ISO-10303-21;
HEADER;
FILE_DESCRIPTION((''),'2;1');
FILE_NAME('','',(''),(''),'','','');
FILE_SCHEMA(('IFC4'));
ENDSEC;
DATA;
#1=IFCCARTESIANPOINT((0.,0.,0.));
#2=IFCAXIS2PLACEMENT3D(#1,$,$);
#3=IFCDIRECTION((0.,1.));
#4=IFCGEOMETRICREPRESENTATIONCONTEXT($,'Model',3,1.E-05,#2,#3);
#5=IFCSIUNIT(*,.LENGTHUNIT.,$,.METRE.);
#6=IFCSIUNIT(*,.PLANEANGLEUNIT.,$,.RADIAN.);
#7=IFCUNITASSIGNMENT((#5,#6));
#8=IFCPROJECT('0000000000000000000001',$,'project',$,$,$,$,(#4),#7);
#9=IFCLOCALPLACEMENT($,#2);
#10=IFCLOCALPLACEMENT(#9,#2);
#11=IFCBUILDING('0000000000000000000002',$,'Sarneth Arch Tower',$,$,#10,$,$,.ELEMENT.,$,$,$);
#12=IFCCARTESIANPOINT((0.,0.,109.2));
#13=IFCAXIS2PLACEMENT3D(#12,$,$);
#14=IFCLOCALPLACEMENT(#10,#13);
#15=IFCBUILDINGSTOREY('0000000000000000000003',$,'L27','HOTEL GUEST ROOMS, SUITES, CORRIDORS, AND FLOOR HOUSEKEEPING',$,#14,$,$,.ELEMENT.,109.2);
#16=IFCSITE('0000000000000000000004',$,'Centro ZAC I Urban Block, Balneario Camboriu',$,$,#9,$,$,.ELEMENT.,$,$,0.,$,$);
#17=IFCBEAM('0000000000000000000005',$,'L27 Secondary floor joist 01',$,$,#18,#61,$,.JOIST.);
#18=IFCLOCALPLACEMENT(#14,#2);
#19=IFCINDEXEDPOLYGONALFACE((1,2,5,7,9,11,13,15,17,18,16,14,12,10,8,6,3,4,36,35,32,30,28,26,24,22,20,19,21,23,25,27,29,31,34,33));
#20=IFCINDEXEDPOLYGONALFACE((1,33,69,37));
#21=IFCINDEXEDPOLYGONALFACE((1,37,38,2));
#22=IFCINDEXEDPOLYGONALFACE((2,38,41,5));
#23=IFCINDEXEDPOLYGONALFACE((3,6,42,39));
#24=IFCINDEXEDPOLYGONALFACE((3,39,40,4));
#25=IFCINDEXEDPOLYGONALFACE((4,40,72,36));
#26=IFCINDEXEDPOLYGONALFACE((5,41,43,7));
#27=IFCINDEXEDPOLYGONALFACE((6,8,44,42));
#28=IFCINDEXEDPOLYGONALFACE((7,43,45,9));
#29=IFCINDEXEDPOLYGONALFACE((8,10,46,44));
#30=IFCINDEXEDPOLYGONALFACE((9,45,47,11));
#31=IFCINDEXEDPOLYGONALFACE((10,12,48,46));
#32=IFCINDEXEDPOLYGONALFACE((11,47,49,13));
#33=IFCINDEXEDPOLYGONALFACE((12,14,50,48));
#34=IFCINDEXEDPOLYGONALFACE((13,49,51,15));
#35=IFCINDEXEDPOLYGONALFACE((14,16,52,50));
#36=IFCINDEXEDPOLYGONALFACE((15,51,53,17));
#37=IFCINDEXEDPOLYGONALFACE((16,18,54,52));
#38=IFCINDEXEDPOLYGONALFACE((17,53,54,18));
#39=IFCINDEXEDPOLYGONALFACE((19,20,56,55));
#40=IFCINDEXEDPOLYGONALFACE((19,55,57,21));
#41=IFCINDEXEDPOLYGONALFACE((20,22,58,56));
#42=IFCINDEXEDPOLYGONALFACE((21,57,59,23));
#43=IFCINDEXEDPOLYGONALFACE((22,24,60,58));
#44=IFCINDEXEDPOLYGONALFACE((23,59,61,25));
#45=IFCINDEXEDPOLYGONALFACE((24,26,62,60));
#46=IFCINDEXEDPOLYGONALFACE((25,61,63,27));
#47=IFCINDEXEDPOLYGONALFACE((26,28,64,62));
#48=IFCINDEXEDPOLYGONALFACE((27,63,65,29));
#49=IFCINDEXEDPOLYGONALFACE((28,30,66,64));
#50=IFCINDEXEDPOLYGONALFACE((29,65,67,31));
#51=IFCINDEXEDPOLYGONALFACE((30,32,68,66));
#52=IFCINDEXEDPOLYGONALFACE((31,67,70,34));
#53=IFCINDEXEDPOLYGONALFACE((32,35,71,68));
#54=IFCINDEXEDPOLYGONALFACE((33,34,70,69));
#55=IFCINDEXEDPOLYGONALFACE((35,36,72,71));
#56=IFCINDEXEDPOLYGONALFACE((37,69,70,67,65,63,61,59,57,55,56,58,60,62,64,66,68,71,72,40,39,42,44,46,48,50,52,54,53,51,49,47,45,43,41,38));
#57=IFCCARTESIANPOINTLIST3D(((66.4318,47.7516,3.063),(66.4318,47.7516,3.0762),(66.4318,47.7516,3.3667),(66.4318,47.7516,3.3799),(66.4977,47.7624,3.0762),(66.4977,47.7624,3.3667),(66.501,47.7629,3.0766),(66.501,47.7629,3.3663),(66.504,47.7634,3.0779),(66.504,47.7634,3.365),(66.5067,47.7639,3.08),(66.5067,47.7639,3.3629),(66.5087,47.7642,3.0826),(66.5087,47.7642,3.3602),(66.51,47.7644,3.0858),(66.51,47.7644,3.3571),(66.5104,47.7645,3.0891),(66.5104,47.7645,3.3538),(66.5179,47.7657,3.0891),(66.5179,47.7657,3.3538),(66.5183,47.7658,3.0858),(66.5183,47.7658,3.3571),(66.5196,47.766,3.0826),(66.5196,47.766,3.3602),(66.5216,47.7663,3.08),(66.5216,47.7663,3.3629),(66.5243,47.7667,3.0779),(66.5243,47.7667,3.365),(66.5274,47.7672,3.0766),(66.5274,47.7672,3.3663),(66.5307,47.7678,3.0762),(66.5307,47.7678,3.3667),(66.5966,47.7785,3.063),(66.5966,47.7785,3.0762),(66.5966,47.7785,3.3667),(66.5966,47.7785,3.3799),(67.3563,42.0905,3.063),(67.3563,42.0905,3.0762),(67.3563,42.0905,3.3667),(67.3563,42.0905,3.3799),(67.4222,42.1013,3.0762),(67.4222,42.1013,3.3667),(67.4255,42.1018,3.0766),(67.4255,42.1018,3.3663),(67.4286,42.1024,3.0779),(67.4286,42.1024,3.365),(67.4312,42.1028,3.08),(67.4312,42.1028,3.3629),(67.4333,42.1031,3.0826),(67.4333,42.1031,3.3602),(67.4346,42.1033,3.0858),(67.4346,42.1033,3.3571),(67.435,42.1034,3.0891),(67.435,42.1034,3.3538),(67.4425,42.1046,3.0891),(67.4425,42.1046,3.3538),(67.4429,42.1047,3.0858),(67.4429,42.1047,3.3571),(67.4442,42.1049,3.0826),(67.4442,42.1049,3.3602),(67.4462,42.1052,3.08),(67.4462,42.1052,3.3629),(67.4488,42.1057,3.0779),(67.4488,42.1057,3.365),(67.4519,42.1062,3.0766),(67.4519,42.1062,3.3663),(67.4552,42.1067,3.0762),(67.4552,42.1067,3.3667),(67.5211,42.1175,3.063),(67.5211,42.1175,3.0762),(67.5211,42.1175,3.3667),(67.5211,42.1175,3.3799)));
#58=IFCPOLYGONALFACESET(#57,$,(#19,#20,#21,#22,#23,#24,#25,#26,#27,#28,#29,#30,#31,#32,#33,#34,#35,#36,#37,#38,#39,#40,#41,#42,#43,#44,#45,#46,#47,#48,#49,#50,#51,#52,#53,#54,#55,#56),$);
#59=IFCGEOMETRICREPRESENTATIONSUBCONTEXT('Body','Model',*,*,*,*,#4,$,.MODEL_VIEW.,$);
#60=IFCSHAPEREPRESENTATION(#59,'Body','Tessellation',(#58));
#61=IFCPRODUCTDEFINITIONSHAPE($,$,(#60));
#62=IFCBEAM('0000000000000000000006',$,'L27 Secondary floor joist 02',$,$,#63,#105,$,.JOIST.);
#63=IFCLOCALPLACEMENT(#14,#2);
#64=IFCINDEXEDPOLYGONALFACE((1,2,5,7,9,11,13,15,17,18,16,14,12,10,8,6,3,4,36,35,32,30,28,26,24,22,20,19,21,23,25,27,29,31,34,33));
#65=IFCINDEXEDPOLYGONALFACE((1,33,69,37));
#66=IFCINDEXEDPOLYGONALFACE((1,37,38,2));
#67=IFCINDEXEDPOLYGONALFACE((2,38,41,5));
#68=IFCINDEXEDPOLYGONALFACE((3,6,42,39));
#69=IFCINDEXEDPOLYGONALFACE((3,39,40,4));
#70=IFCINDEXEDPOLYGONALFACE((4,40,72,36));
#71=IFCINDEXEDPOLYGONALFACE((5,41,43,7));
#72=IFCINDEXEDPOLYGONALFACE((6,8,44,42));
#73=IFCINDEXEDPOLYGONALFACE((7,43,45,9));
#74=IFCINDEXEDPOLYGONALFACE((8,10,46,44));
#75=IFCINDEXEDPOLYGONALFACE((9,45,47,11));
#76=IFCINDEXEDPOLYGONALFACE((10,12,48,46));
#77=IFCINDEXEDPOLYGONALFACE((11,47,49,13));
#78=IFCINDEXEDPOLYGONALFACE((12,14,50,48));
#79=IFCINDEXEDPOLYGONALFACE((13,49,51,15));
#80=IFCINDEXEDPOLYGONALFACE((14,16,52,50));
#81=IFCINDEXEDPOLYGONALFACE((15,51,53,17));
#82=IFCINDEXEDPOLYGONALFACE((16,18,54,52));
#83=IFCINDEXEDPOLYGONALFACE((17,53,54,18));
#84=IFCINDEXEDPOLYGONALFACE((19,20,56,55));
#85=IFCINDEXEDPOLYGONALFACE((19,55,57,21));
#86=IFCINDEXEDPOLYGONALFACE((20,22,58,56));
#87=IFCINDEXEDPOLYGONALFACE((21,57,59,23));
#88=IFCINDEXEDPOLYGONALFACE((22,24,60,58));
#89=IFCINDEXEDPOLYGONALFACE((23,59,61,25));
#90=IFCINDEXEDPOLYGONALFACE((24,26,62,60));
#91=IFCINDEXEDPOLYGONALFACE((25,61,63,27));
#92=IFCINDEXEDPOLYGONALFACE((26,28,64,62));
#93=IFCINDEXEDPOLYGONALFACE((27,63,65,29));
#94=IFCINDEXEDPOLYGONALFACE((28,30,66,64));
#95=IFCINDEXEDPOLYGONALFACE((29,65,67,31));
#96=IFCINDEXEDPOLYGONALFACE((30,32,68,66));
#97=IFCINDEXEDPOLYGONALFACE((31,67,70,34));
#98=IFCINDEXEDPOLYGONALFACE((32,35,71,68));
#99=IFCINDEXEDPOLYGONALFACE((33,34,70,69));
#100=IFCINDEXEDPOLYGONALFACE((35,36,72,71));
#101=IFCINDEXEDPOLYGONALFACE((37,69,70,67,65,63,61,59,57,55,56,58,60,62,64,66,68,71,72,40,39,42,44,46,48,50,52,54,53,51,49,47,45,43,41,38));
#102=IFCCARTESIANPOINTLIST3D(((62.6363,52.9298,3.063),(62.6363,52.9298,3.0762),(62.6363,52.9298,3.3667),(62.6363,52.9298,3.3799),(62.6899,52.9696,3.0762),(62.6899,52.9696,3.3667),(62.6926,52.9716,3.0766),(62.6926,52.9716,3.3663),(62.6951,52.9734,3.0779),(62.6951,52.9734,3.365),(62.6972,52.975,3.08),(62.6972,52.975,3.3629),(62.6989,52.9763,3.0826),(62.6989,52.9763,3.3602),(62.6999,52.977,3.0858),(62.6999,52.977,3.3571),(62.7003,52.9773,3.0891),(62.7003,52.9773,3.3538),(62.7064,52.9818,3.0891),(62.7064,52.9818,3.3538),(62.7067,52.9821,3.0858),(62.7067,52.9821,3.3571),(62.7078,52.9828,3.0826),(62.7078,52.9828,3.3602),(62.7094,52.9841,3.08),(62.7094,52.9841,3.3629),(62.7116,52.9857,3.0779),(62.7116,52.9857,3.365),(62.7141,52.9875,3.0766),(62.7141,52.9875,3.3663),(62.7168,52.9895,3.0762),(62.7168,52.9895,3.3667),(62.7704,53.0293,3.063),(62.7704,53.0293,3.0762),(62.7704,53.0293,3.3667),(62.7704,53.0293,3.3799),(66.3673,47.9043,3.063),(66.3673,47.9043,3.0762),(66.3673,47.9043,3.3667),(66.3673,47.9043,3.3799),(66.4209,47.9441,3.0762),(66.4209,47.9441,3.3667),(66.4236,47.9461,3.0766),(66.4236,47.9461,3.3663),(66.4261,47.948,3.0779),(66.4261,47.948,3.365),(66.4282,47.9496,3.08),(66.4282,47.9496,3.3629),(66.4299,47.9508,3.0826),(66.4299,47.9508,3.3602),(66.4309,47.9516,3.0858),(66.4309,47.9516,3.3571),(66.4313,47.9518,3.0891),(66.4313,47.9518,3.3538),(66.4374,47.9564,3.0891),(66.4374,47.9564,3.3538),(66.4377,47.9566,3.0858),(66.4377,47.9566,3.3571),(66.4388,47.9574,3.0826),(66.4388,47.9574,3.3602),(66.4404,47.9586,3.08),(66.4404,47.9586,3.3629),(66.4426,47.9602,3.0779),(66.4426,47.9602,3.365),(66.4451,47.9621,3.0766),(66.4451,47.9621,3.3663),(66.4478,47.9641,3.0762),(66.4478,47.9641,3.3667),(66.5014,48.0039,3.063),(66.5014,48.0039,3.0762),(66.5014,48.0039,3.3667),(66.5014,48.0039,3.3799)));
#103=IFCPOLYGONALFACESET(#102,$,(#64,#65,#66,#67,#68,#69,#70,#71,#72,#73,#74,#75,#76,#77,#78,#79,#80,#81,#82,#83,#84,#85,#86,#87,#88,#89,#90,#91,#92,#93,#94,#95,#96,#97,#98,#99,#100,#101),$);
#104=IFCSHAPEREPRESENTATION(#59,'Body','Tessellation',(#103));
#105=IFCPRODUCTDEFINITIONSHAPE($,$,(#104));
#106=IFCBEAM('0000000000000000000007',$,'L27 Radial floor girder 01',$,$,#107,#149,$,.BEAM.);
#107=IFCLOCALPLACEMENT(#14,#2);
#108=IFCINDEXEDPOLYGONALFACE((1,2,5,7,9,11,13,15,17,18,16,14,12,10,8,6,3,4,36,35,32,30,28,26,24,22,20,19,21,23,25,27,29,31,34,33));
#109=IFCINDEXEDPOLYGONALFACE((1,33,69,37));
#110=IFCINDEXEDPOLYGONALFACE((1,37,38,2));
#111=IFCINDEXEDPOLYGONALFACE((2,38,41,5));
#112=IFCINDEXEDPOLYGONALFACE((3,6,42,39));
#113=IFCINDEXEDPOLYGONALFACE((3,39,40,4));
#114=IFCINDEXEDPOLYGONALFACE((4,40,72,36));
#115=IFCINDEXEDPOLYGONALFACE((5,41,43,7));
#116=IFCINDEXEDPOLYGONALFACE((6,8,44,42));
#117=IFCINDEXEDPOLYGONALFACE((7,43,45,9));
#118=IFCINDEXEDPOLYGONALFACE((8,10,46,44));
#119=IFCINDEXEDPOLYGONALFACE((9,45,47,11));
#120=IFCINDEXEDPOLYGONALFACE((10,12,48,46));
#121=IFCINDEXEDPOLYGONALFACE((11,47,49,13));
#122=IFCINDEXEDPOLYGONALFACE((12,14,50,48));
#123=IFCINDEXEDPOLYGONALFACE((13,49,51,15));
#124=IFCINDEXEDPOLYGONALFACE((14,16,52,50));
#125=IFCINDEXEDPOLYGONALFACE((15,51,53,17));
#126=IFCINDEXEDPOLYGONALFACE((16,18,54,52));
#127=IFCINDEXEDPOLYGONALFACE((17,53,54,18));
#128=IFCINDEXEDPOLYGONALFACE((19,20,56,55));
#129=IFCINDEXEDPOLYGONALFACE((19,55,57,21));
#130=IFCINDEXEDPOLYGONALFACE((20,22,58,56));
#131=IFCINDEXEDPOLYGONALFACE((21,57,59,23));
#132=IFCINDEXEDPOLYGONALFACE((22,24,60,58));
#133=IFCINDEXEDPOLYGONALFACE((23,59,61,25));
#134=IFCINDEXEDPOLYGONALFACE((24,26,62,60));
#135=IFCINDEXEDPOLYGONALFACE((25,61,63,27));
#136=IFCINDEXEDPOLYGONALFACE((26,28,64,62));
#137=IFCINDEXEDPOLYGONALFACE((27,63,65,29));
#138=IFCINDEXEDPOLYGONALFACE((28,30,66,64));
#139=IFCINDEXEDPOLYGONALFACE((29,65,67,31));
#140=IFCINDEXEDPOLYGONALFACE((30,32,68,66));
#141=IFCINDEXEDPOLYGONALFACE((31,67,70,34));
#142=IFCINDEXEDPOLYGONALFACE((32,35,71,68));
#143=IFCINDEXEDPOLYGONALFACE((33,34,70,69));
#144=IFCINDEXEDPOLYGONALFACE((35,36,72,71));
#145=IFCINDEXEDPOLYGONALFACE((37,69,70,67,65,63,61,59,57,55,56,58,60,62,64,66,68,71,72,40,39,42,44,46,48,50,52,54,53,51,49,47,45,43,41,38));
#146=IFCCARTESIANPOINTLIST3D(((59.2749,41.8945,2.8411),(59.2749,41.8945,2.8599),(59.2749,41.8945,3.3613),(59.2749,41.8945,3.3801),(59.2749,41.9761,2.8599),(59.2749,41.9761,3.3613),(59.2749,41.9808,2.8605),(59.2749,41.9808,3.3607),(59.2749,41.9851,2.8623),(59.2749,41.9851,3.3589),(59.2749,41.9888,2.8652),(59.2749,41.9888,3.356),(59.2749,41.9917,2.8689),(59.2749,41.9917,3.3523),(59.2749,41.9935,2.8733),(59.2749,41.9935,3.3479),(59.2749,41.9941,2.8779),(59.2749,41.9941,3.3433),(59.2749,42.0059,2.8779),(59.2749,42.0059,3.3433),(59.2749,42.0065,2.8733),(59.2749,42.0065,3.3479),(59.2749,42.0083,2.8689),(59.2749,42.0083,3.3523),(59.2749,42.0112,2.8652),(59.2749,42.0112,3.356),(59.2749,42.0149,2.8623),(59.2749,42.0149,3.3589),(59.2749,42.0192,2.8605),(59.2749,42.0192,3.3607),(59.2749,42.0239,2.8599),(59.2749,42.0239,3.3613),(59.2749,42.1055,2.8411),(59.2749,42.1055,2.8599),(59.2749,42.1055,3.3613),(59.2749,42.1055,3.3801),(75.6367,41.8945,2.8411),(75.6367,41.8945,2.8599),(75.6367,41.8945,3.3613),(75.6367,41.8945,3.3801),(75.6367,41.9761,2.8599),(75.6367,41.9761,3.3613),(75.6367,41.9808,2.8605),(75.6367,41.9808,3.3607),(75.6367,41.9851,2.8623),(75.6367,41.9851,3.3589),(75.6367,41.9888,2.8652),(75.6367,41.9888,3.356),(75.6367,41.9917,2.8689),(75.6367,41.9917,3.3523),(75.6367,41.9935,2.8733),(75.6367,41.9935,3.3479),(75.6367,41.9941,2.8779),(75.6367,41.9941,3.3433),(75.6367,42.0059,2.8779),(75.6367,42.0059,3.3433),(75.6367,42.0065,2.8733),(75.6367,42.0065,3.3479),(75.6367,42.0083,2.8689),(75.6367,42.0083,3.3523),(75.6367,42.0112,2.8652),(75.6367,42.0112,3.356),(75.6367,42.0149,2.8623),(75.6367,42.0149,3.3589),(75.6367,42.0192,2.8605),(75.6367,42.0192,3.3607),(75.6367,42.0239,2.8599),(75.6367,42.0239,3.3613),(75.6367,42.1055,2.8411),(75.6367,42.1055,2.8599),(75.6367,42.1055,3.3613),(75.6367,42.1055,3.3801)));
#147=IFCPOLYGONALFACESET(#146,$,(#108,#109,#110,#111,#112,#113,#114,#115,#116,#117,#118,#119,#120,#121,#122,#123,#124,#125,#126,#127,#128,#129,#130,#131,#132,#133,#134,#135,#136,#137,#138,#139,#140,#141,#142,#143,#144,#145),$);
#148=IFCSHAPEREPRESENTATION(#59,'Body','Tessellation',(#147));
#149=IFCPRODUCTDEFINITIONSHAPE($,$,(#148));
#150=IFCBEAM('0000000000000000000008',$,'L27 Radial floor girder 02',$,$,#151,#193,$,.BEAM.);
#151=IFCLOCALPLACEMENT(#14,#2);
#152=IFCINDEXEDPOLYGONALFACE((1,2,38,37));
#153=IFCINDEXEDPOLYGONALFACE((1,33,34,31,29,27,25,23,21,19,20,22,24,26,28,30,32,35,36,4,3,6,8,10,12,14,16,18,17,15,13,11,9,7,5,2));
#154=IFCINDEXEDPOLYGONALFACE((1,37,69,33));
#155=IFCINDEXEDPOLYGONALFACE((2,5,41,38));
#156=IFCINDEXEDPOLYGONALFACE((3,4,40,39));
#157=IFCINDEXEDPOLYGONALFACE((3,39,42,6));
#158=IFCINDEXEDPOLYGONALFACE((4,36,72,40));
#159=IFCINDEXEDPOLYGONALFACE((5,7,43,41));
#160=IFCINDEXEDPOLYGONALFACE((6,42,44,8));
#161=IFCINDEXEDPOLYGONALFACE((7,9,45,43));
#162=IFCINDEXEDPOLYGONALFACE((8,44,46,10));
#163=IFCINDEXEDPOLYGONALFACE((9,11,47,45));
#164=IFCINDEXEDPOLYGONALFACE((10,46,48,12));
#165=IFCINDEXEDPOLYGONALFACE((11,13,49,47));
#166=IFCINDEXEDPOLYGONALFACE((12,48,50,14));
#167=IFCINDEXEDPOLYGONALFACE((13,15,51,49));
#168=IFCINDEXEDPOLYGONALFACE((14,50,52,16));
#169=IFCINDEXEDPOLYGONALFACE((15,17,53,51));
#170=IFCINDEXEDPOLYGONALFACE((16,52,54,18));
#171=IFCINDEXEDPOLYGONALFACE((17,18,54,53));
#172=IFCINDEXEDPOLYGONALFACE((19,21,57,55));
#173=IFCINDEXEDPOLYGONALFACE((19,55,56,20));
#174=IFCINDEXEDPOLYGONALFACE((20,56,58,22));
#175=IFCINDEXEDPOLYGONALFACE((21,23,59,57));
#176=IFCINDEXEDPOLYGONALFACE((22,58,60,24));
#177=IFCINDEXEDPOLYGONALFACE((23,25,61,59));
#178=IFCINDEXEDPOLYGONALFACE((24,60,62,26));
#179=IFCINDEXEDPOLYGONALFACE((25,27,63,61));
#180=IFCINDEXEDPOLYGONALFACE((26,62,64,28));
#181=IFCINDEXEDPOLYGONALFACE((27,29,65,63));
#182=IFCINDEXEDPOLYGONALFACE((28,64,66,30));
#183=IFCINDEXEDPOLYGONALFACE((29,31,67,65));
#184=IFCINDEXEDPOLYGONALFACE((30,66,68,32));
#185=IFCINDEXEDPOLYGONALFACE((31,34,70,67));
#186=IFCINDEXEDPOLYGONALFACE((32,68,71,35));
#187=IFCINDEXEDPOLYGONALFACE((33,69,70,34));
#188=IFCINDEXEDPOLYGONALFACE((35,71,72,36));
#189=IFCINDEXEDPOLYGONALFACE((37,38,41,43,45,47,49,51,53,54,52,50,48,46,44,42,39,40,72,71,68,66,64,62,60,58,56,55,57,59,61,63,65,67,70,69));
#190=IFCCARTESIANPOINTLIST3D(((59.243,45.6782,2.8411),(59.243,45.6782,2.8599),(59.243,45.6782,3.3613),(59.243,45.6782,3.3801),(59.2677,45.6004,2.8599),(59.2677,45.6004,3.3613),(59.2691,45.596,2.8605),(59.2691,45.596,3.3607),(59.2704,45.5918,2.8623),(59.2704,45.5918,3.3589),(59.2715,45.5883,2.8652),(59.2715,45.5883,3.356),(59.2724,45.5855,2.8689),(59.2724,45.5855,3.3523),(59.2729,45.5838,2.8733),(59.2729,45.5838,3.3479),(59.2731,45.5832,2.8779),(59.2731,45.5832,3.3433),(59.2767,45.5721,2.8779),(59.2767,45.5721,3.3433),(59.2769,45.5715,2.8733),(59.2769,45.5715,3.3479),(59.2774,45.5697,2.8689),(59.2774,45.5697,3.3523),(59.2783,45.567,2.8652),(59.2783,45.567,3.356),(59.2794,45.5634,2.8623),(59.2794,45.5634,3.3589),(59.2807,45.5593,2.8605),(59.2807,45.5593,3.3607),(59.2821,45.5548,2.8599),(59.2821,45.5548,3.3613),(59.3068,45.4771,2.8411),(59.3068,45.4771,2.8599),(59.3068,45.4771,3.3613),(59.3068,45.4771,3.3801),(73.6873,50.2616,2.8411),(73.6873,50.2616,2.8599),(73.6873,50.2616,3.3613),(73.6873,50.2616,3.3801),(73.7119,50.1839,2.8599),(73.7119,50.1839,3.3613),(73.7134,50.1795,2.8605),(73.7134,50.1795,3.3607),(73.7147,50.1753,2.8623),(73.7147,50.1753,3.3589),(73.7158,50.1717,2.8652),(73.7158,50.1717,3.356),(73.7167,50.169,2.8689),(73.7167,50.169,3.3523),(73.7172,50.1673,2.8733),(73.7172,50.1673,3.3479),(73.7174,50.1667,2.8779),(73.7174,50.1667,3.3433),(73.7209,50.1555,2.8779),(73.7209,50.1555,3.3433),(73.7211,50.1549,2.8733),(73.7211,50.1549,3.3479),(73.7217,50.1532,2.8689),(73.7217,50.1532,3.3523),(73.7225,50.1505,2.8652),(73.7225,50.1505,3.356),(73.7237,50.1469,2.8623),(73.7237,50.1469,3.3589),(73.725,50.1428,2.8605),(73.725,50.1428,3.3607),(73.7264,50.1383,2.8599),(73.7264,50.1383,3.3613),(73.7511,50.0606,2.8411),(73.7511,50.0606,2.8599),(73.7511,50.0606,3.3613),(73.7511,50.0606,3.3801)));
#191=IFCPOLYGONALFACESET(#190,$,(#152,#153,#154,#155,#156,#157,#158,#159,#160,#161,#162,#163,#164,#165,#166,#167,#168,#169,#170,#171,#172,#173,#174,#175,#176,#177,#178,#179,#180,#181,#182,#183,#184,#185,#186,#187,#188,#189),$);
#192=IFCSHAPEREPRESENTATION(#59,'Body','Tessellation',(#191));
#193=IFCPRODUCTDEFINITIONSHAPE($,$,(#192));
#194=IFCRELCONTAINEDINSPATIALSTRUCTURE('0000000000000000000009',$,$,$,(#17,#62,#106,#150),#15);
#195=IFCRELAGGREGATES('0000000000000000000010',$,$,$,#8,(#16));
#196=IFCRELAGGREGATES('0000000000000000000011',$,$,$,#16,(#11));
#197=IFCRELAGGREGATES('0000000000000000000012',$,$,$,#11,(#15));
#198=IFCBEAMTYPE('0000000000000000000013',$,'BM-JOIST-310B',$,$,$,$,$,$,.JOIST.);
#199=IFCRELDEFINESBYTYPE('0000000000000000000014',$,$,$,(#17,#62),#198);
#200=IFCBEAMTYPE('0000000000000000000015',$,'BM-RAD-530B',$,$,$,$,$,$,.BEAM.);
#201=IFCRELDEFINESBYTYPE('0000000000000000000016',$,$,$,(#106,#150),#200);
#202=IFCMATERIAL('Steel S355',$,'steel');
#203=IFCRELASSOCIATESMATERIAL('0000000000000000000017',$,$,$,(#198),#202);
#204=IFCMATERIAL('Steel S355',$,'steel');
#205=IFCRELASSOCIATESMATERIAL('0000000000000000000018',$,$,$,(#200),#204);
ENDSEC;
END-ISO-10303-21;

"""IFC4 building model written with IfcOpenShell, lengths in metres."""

from ifc_helpers import new_model, si_unit, direction, frame, origin, origin_2d, place, context, subcontext, project, spatial, i_section, extrude, material, material_profile, profile_set, type_object, element, save


model = new_model("IFC4")

# Units and contexts
model_context = context("Model", 3, precision=1e-05, world=origin(), true_north=direction((0.0, 1.0)))
body_context = subcontext(model_context, "Body", "Model", "MODEL_VIEW")
ifc_project = project(units=[si_unit("LENGTHUNIT", "METRE"), si_unit("PLANEANGLEUNIT", "RADIAN")], contexts=[model_context])

# Site, building, storey
site_placement = place(None, origin())
site = spatial("IfcSite", under=ifc_project, at=site_placement, Name="Centro ZAC I Urban Block, Balneario Camboriu", CompositionType="ELEMENT", RefElevation=0.0)
building_placement = place(site_placement, origin())
building = spatial("IfcBuilding", under=site, at=building_placement, Name="Sarneth Arch Tower", CompositionType="ELEMENT")
storey_placement = place(building_placement, frame((0.0, 0.0, 109.2)))
storey = spatial("IfcBuildingStorey", under=building, at=storey_placement, Name="L27", Description="HOTEL GUEST ROOMS, SUITES, CORRIDORS, AND FLOOR HOUSEKEEPING", CompositionType="ELEMENT", Elevation=109.2)

# Beams
ifc_material_1 = material(Name="Steel S355", Category="steel")
ifc_material_profile_1 = material_profile(ifc_material_1, i_section(OverallWidth=0.167, OverallDepth=0.3169, WebThickness=0.0076, FlangeThickness=0.0132, FilletRadius=0.0129, at=origin_2d()), Name="W310x52")
ifc_profile_set_1 = profile_set([ifc_material_profile_1], Name="Steel S355")
beam_type_1 = type_object("IfcBeamType", Name="BM-JOIST-310B", PredefinedType="JOIST", material=ifc_profile_set_1)
beam_1_placement = place(storey_placement, frame((67.4387, 42.104, 3.2214), z_axis=(-0.161182, 0.986925, 0.0), x_axis=(-0.986925, -0.161182, 0.0)))
element("IfcBeam", 1, at=beam_1_placement, inside=storey, type_object=beam_type_1, Name="L27 Secondary floor joist 01", PredefinedType="JOIST", context=body_context, shape_type="SweptSolid", body=[
    extrude(i_section(OverallWidth=0.167, OverallDepth=0.3169, WebThickness=0.0076, FlangeThickness=0.0132, FilletRadius=0.0129, at=origin_2d()), origin(), (0.0, 0.0, 1.0), 5.7361),
])
beam_2_placement = place(storey_placement, frame((66.4343, 47.9541, 3.2214), z_axis=(-0.596098, 0.802911, 0.0), x_axis=(-0.802911, -0.596098, 0.0)))
element("IfcBeam", 2, at=beam_2_placement, inside=storey, type_object=beam_type_1, Name="L27 Secondary floor joist 02", PredefinedType="JOIST", context=body_context, shape_type="SweptSolid", body=[
    extrude(i_section(OverallWidth=0.167, OverallDepth=0.3169, WebThickness=0.0076, FlangeThickness=0.0132, FilletRadius=0.0129, at=origin_2d()), origin(), (0.0, 0.0, 1.0), 6.259),
])
ifc_material_2 = material(Name="Steel S355", Category="steel")
ifc_material_profile_2 = material_profile(ifc_material_2, i_section(OverallWidth=0.2109, OverallDepth=0.5391, WebThickness=0.0117, FlangeThickness=0.0188, FilletRadius=0.0181, at=origin_2d()), Name="W530x109")
ifc_profile_set_2 = profile_set([ifc_material_profile_2], Name="Steel S355")
beam_type_2 = type_object("IfcBeamType", Name="BM-RAD-530B", PredefinedType="BEAM", material=ifc_profile_set_2)
beam_3_placement = place(storey_placement, frame((59.2749, 42.0, 3.1106), z_axis=(1.0, 0.0, 0.0), x_axis=(0.0, 1.0, 0.0)))
element("IfcBeam", 3, at=beam_3_placement, inside=storey, type_object=beam_type_2, Name="L27 Radial floor girder 01", PredefinedType="BEAM", context=body_context, shape_type="SweptSolid", body=[
    extrude(i_section(OverallWidth=0.2109, OverallDepth=0.5391, WebThickness=0.0117, FlangeThickness=0.0188, FilletRadius=0.0181, at=origin_2d()), origin(), (0.0, 0.0, 1.0), 16.3618),
])
beam_4_placement = place(storey_placement, frame((59.2749, 45.5776, 3.1106), z_axis=(0.953162, 0.302459, 0.0), x_axis=(-0.302459, 0.953162, 0.0)))
element("IfcBeam", 4, at=beam_4_placement, inside=storey, type_object=beam_type_2, Name="L27 Radial floor girder 02", PredefinedType="BEAM", context=body_context, shape_type="SweptSolid", body=[
    extrude(i_section(OverallWidth=0.2109, OverallDepth=0.5391, WebThickness=0.0117, FlangeThickness=0.0188, FilletRadius=0.0181, at=origin_2d()), origin(), (0.0, 0.0, 1.0), 15.1541),
])

save(model, "model.ifc")
